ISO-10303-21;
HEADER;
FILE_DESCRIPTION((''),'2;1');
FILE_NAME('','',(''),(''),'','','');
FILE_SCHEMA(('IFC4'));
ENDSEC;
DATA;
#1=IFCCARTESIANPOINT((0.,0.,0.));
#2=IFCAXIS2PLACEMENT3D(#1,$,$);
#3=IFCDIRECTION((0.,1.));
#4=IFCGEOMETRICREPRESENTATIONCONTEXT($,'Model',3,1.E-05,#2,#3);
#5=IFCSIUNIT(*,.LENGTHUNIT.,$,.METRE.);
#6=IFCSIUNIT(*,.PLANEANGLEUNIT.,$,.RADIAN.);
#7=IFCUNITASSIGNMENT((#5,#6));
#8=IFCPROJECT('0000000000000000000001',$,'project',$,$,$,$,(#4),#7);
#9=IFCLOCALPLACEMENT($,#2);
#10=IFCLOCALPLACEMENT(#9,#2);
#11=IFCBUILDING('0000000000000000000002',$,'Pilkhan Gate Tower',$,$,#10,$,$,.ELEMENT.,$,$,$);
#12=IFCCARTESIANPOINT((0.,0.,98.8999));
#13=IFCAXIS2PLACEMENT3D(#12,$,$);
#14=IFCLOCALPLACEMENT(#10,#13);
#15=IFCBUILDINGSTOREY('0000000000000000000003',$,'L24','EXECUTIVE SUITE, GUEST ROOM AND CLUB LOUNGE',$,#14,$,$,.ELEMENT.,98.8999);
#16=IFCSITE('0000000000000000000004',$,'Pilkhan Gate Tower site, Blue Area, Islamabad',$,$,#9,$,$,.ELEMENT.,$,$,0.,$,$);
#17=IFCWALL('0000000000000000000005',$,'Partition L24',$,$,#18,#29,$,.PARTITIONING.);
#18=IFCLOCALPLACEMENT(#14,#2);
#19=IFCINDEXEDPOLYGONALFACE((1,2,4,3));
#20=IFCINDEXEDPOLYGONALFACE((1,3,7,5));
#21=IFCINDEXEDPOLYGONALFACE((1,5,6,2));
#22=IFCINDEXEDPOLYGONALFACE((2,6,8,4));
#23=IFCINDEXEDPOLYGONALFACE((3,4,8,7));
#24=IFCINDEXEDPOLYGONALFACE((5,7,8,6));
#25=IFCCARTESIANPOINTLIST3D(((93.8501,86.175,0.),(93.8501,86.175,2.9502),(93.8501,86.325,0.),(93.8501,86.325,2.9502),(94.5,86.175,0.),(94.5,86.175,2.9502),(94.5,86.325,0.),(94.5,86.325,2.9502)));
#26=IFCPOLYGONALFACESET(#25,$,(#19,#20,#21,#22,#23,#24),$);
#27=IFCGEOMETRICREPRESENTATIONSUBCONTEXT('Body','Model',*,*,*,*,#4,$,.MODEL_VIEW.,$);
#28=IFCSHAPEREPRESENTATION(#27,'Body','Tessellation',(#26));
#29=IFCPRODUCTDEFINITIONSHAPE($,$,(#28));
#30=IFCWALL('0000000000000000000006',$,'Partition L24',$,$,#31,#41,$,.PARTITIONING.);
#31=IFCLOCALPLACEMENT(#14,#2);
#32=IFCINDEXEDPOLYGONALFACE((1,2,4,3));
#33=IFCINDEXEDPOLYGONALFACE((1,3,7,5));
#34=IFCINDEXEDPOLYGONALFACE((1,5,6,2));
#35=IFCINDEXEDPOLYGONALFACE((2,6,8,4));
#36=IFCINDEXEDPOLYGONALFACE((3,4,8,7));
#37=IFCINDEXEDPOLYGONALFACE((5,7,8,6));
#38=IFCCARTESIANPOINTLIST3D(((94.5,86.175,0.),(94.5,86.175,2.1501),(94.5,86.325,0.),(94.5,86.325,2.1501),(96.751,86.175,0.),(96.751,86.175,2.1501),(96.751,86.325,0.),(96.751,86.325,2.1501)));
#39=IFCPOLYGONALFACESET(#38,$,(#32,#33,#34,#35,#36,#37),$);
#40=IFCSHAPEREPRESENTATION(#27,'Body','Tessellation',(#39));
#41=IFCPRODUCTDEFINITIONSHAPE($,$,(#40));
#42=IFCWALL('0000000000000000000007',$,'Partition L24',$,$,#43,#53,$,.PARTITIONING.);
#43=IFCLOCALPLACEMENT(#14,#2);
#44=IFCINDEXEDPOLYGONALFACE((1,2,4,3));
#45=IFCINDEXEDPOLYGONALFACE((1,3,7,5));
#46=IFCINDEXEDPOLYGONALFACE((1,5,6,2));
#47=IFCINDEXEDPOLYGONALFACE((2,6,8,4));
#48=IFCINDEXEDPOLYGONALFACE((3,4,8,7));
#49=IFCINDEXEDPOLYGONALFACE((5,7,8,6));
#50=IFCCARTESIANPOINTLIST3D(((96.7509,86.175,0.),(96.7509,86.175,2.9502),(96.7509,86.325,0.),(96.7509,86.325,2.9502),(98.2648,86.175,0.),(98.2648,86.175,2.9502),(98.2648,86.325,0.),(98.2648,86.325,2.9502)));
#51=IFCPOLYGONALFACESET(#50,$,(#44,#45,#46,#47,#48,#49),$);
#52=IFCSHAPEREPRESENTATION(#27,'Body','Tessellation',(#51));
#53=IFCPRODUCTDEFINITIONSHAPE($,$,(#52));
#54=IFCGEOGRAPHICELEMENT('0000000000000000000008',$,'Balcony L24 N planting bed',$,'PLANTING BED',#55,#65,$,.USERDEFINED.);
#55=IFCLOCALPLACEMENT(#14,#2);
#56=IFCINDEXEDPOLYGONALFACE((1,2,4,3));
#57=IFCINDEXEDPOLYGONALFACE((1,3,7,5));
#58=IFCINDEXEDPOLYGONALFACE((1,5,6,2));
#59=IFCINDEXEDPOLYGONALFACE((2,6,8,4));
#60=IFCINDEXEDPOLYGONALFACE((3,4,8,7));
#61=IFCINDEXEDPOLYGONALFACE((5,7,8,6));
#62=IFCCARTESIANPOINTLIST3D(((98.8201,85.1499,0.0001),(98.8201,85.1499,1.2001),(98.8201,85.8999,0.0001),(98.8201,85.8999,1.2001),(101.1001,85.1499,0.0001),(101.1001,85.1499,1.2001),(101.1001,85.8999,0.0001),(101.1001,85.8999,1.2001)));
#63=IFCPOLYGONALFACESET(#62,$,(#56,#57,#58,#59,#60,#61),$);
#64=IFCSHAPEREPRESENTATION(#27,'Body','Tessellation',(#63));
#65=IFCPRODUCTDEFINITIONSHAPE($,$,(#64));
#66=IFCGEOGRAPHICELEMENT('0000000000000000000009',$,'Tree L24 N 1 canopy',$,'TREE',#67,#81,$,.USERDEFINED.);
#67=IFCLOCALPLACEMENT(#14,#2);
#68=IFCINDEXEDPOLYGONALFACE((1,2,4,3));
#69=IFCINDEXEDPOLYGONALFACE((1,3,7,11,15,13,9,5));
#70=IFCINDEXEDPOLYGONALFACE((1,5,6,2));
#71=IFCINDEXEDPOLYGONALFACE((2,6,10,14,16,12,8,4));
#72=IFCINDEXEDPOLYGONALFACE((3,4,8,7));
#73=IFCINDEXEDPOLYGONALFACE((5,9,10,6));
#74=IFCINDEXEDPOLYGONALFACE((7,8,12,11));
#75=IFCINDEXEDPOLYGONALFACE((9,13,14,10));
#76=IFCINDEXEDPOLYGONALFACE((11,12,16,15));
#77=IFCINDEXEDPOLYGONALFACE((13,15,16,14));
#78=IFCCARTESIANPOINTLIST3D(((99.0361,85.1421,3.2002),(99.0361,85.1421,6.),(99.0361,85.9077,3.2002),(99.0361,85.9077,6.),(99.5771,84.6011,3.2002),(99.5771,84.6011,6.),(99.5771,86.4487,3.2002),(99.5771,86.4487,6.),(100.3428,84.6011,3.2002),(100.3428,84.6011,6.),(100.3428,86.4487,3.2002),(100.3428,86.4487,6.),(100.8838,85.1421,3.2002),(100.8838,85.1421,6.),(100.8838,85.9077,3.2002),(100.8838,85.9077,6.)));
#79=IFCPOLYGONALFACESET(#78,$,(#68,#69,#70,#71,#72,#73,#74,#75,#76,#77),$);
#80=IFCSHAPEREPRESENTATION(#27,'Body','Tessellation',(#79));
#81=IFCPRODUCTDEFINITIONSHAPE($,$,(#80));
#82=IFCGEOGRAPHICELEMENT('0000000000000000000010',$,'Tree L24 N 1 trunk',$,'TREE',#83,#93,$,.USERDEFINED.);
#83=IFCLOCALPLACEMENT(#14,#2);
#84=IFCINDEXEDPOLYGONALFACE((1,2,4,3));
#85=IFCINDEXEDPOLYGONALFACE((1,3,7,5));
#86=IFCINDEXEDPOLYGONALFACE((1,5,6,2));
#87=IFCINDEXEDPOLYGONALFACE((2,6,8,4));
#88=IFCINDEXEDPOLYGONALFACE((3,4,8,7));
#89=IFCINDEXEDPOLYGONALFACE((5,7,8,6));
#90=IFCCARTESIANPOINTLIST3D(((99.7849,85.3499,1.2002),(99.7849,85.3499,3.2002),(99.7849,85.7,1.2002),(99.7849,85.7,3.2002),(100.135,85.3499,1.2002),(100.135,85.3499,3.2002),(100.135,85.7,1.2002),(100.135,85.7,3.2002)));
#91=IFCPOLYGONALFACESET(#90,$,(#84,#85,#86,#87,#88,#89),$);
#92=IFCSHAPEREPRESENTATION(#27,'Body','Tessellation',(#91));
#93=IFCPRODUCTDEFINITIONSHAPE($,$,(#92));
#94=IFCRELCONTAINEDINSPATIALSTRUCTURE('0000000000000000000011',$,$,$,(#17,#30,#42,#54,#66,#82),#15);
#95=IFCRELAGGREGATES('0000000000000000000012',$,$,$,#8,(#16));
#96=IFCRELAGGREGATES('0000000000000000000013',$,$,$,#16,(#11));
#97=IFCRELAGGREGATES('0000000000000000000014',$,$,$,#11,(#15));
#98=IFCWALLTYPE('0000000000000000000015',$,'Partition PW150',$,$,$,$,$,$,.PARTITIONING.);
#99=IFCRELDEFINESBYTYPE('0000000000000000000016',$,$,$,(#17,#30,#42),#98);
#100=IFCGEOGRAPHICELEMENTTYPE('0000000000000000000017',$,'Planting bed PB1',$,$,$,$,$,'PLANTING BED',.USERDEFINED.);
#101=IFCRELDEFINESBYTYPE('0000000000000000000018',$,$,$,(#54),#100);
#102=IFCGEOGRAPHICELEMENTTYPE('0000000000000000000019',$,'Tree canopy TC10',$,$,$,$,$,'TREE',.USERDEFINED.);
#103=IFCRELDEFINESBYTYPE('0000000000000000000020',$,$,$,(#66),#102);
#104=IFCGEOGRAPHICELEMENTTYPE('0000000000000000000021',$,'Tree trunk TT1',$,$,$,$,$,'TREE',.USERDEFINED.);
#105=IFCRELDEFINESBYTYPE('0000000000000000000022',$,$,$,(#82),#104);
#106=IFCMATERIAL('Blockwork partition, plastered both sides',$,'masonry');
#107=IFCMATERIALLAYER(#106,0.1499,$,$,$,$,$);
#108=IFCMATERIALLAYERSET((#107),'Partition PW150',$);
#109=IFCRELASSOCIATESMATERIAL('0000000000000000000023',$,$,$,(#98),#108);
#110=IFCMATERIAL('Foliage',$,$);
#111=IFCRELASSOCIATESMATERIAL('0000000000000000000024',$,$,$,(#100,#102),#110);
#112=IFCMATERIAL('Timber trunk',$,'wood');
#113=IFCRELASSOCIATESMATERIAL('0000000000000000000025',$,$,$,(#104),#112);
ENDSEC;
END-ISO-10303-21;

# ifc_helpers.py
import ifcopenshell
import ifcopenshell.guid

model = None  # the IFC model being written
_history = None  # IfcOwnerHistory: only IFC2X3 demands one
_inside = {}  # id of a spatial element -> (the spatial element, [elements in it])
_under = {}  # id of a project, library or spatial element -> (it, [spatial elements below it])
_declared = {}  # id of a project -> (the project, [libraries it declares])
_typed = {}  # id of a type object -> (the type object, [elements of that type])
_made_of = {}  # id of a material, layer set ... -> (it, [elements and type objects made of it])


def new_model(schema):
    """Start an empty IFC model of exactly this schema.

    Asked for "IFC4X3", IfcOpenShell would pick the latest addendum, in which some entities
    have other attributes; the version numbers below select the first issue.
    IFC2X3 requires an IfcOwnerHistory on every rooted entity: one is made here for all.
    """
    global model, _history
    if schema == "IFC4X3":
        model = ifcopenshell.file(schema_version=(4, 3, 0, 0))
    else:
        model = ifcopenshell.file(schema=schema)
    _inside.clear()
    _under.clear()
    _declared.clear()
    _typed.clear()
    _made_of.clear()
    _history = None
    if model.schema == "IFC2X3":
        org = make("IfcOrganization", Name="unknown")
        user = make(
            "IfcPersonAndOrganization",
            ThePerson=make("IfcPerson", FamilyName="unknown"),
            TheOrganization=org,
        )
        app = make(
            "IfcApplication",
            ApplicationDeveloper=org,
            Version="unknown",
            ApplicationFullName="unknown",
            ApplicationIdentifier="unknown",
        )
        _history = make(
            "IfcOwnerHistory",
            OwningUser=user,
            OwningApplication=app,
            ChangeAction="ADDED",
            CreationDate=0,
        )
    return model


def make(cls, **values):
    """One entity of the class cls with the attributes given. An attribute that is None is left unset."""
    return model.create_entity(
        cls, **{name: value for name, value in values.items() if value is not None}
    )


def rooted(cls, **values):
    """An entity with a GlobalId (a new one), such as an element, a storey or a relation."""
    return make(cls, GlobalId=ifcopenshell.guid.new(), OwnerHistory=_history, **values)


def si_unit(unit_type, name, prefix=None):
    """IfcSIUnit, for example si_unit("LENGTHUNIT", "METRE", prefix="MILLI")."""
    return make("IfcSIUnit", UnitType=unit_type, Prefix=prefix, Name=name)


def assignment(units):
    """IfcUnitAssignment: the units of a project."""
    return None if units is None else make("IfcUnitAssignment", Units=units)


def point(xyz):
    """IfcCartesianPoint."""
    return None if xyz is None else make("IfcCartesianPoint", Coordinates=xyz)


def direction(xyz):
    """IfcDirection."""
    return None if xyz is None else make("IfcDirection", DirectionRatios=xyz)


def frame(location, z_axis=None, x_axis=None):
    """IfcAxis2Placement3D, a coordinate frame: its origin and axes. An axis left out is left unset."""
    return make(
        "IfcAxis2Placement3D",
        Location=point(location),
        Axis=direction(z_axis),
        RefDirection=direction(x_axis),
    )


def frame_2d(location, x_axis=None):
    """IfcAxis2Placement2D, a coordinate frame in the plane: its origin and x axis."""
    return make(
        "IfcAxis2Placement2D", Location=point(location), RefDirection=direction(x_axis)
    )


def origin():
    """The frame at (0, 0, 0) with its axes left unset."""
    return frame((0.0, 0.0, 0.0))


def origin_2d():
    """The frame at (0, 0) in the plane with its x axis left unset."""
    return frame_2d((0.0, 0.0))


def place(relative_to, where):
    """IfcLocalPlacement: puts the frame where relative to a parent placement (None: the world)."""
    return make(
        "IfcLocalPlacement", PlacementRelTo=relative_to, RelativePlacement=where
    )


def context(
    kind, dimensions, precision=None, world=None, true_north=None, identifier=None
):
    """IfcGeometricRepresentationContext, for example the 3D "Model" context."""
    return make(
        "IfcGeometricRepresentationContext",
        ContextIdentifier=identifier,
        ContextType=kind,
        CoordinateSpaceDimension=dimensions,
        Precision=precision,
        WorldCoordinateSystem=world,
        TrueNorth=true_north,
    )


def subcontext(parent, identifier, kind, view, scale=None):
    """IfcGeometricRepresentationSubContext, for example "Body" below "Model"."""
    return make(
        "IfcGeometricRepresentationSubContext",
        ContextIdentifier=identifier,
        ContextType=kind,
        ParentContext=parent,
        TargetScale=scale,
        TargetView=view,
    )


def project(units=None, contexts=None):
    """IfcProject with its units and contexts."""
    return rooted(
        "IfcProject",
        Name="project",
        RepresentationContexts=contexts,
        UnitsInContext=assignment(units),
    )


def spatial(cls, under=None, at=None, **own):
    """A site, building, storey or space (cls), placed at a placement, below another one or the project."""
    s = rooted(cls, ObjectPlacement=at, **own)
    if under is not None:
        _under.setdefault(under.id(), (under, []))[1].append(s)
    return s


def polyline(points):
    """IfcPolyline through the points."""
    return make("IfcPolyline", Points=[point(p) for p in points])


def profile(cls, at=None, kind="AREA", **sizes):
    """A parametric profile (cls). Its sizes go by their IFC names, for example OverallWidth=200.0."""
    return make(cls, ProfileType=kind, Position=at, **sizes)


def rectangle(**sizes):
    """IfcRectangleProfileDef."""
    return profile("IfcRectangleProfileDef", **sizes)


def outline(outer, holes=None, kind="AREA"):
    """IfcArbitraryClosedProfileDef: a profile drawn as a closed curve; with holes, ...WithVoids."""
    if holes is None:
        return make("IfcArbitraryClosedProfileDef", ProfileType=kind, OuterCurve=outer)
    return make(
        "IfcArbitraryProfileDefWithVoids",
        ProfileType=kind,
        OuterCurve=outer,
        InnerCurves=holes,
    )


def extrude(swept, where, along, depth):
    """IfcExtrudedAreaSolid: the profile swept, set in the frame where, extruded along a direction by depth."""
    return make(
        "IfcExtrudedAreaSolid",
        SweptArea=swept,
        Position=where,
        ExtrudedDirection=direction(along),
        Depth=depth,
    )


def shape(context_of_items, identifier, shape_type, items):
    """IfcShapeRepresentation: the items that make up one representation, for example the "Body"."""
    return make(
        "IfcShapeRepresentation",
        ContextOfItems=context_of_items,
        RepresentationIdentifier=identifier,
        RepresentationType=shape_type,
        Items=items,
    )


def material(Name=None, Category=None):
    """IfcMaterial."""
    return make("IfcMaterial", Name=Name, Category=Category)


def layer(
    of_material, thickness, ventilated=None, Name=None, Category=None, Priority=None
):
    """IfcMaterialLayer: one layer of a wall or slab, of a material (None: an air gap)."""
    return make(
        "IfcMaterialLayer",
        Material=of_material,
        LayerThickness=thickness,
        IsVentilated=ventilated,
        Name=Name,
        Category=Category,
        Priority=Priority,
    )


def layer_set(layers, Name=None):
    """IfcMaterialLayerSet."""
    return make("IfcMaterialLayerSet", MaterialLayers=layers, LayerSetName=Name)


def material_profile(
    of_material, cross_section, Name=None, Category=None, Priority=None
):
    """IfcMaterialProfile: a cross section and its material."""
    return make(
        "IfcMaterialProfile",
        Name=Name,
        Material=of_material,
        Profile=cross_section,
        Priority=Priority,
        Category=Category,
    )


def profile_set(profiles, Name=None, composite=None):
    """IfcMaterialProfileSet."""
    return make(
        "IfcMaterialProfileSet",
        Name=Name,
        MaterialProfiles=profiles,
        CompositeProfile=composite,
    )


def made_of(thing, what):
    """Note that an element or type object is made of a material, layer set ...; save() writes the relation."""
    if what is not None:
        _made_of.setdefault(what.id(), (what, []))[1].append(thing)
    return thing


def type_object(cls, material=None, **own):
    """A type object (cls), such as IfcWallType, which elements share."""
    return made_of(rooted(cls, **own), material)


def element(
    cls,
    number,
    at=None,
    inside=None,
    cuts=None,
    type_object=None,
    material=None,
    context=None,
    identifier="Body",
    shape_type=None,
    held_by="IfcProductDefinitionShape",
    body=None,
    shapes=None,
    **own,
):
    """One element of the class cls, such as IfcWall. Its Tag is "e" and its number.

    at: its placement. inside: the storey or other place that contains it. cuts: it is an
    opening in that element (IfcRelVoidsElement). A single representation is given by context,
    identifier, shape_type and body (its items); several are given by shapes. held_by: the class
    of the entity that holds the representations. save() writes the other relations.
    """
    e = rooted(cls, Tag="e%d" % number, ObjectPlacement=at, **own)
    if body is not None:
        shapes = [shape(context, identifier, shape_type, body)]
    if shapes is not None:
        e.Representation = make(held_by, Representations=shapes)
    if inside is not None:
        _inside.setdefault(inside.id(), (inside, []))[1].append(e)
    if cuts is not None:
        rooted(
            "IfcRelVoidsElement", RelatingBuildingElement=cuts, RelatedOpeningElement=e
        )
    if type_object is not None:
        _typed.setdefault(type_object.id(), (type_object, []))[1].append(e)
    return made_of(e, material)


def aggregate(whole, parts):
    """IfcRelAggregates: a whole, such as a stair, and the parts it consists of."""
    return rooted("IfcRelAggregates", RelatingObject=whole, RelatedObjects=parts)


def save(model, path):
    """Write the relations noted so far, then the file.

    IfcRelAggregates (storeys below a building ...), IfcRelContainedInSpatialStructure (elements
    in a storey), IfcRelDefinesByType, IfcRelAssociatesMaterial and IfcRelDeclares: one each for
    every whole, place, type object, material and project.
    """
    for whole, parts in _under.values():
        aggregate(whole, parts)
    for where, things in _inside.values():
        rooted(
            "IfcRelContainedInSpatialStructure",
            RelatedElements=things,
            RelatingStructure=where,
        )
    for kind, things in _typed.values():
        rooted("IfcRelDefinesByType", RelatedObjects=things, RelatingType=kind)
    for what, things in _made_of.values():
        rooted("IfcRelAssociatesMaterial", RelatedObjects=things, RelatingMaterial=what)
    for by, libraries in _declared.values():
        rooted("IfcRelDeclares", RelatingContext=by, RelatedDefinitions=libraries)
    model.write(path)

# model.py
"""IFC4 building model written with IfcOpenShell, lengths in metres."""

from ifc_helpers import new_model, si_unit, direction, frame, frame_2d, origin, origin_2d, place, context, subcontext, project, spatial, polyline, rectangle, outline, extrude, material, layer, layer_set, material_profile, profile_set, type_object, element, save


model = new_model("IFC4")

# Units and contexts
model_context = context("Model", 3, precision=1e-05, world=origin(), true_north=direction((0.0, 1.0)))
body_context = subcontext(model_context, "Body", "Model", "MODEL_VIEW")
ifc_project = project(units=[si_unit("LENGTHUNIT", "METRE"), si_unit("PLANEANGLEUNIT", "RADIAN")], contexts=[model_context])

# Site, building, storey
site_placement = place(None, origin())
site = spatial("IfcSite", under=ifc_project, at=site_placement, Name="Pilkhan Gate Tower site, Blue Area, Islamabad", CompositionType="ELEMENT", RefElevation=0.0)
building_placement = place(site_placement, origin())
building = spatial("IfcBuilding", under=site, at=building_placement, Name="Pilkhan Gate Tower", CompositionType="ELEMENT")
storey_placement = place(building_placement, frame((0.0, 0.0, 98.8999)))
storey = spatial("IfcBuildingStorey", under=building, at=storey_placement, Name="L24", Description="EXECUTIVE SUITE, GUEST ROOM AND CLUB LOUNGE", CompositionType="ELEMENT", Elevation=98.8999)

# Walls
ifc_material_1 = material(Name="Blockwork partition, plastered both sides", Category="masonry")
ifc_layer_1 = layer(ifc_material_1, 0.1499)
ifc_layer_set_1 = layer_set([ifc_layer_1], Name="Partition PW150")
wall_type_1 = type_object("IfcWallType", Name="Partition PW150", PredefinedType="PARTITIONING", material=ifc_layer_set_1)
wall_1_placement = place(storey_placement, frame((93.8501, 86.25, 0.0), z_axis=(0.0, 0.0, 1.0), x_axis=(1.0, 0.0, 0.0)))
element("IfcWall", 1, at=wall_1_placement, inside=storey, type_object=wall_type_1, Name="Partition L24", PredefinedType="PARTITIONING", context=body_context, shape_type="SweptSolid", body=[
    extrude(rectangle(XDim=0.6499, YDim=0.1499, at=frame_2d((0.325, 0.0))), origin(), (0.0, 0.0, 1.0), 2.9502),
])
wall_2_placement = place(storey_placement, frame((94.5, 86.25, 0.0), z_axis=(0.0, 0.0, 1.0), x_axis=(1.0, 0.0, 0.0)))
element("IfcWall", 2, at=wall_2_placement, inside=storey, type_object=wall_type_1, Name="Partition L24", PredefinedType="PARTITIONING", context=body_context, shape_type="SweptSolid", body=[
    extrude(rectangle(XDim=2.251, YDim=0.1499, at=frame_2d((1.1255, 0.0))), origin(), (0.0, 0.0, 1.0), 2.1501),
])
wall_3_placement = place(storey_placement, frame((96.751, 86.25, 0.0), z_axis=(0.0, 0.0, 1.0), x_axis=(1.0, 0.0, 0.0)))
element("IfcWall", 3, at=wall_3_placement, inside=storey, type_object=wall_type_1, Name="Partition L24", PredefinedType="PARTITIONING", context=body_context, shape_type="SweptSolid", body=[
    extrude(rectangle(XDim=1.5139, YDim=0.1499, at=frame_2d((0.7568, 0.0))), origin(), (0.0, 0.0, 1.0), 2.9502),
])

# Geographic elements
ifc_material_2 = material(Name="Foliage")
ifc_material_profile_1 = material_profile(ifc_material_2, rectangle(XDim=0.75, YDim=1.2, at=origin_2d()), Name="Bed 750x1200")
ifc_profile_set_1 = profile_set([ifc_material_profile_1], Name="Foliage")
geographic_element_type_1 = type_object("IfcGeographicElementType", Name="Planting bed PB1", ElementType="PLANTING BED", PredefinedType="USERDEFINED", material=ifc_profile_set_1)
geographic_element_1_placement = place(storey_placement, frame((98.8201, 85.5249, 0.6001), z_axis=(1.0, 0.0, 0.0), x_axis=(0.0, 1.0, 0.0)))
element("IfcGeographicElement", 4, at=geographic_element_1_placement, inside=storey, type_object=geographic_element_type_1, Name="Balcony L24 N planting bed", ObjectType="PLANTING BED", PredefinedType="USERDEFINED", context=body_context, shape_type="SweptSolid", body=[
    extrude(rectangle(XDim=0.75, YDim=1.2, at=origin_2d()), origin(), (0.0, 0.0, 1.0), 2.28),
])
ifc_material_profile_2 = material_profile(ifc_material_2, outline(polyline([(0.9238, 0.3828), (0.3828, 0.9238), (-0.3828, 0.9238), (-0.9238, 0.3828), (-0.9238, -0.3828), (-0.3828, -0.9238), (0.3828, -0.9238), (0.9238, -0.3828), (0.9238, 0.3828)])), Name="Canopy D2.0")
ifc_profile_set_2 = profile_set([ifc_material_profile_2], Name="Foliage")
geographic_element_type_2 = type_object("IfcGeographicElementType", Name="Tree canopy TC10", ElementType="TREE", PredefinedType="USERDEFINED", material=ifc_profile_set_2)
geographic_element_2_placement = place(storey_placement, frame((99.96, 85.5249, 3.2002), z_axis=(0.0, 0.0, 1.0), x_axis=(1.0, 0.0, 0.0)))
element("IfcGeographicElement", 5, at=geographic_element_2_placement, inside=storey, type_object=geographic_element_type_2, Name="Tree L24 N 1 canopy", ObjectType="TREE", PredefinedType="USERDEFINED", context=body_context, shape_type="SweptSolid", body=[
    extrude(outline(polyline([(0.9238, 0.3828), (0.3828, 0.9238), (-0.3828, 0.9238), (-0.9238, 0.3828), (-0.9238, -0.3828), (-0.3828, -0.9238), (0.3828, -0.9238), (0.9238, -0.3828), (0.9238, 0.3828)])), origin(), (0.0, 0.0, 1.0), 2.7998),
])
ifc_material_3 = material(Name="Timber trunk", Category="wood")
geographic_element_type_3 = type_object("IfcGeographicElementType", Name="Tree trunk TT1", ElementType="TREE", PredefinedType="USERDEFINED", material=ifc_material_3)
geographic_element_3_placement = place(storey_placement, frame((99.96, 85.5249, 1.2002), z_axis=(0.0, 0.0, 1.0), x_axis=(1.0, 0.0, 0.0)))
element("IfcGeographicElement", 6, at=geographic_element_3_placement, inside=storey, type_object=geographic_element_type_3, Name="Tree L24 N 1 trunk", ObjectType="TREE", PredefinedType="USERDEFINED", context=body_context, shape_type="SweptSolid", body=[
    extrude(rectangle(XDim=0.3501, YDim=0.3501, at=origin_2d()), origin(), (0.0, 0.0, 1.0), 2.0),
])

save(model, "model.ifc")
